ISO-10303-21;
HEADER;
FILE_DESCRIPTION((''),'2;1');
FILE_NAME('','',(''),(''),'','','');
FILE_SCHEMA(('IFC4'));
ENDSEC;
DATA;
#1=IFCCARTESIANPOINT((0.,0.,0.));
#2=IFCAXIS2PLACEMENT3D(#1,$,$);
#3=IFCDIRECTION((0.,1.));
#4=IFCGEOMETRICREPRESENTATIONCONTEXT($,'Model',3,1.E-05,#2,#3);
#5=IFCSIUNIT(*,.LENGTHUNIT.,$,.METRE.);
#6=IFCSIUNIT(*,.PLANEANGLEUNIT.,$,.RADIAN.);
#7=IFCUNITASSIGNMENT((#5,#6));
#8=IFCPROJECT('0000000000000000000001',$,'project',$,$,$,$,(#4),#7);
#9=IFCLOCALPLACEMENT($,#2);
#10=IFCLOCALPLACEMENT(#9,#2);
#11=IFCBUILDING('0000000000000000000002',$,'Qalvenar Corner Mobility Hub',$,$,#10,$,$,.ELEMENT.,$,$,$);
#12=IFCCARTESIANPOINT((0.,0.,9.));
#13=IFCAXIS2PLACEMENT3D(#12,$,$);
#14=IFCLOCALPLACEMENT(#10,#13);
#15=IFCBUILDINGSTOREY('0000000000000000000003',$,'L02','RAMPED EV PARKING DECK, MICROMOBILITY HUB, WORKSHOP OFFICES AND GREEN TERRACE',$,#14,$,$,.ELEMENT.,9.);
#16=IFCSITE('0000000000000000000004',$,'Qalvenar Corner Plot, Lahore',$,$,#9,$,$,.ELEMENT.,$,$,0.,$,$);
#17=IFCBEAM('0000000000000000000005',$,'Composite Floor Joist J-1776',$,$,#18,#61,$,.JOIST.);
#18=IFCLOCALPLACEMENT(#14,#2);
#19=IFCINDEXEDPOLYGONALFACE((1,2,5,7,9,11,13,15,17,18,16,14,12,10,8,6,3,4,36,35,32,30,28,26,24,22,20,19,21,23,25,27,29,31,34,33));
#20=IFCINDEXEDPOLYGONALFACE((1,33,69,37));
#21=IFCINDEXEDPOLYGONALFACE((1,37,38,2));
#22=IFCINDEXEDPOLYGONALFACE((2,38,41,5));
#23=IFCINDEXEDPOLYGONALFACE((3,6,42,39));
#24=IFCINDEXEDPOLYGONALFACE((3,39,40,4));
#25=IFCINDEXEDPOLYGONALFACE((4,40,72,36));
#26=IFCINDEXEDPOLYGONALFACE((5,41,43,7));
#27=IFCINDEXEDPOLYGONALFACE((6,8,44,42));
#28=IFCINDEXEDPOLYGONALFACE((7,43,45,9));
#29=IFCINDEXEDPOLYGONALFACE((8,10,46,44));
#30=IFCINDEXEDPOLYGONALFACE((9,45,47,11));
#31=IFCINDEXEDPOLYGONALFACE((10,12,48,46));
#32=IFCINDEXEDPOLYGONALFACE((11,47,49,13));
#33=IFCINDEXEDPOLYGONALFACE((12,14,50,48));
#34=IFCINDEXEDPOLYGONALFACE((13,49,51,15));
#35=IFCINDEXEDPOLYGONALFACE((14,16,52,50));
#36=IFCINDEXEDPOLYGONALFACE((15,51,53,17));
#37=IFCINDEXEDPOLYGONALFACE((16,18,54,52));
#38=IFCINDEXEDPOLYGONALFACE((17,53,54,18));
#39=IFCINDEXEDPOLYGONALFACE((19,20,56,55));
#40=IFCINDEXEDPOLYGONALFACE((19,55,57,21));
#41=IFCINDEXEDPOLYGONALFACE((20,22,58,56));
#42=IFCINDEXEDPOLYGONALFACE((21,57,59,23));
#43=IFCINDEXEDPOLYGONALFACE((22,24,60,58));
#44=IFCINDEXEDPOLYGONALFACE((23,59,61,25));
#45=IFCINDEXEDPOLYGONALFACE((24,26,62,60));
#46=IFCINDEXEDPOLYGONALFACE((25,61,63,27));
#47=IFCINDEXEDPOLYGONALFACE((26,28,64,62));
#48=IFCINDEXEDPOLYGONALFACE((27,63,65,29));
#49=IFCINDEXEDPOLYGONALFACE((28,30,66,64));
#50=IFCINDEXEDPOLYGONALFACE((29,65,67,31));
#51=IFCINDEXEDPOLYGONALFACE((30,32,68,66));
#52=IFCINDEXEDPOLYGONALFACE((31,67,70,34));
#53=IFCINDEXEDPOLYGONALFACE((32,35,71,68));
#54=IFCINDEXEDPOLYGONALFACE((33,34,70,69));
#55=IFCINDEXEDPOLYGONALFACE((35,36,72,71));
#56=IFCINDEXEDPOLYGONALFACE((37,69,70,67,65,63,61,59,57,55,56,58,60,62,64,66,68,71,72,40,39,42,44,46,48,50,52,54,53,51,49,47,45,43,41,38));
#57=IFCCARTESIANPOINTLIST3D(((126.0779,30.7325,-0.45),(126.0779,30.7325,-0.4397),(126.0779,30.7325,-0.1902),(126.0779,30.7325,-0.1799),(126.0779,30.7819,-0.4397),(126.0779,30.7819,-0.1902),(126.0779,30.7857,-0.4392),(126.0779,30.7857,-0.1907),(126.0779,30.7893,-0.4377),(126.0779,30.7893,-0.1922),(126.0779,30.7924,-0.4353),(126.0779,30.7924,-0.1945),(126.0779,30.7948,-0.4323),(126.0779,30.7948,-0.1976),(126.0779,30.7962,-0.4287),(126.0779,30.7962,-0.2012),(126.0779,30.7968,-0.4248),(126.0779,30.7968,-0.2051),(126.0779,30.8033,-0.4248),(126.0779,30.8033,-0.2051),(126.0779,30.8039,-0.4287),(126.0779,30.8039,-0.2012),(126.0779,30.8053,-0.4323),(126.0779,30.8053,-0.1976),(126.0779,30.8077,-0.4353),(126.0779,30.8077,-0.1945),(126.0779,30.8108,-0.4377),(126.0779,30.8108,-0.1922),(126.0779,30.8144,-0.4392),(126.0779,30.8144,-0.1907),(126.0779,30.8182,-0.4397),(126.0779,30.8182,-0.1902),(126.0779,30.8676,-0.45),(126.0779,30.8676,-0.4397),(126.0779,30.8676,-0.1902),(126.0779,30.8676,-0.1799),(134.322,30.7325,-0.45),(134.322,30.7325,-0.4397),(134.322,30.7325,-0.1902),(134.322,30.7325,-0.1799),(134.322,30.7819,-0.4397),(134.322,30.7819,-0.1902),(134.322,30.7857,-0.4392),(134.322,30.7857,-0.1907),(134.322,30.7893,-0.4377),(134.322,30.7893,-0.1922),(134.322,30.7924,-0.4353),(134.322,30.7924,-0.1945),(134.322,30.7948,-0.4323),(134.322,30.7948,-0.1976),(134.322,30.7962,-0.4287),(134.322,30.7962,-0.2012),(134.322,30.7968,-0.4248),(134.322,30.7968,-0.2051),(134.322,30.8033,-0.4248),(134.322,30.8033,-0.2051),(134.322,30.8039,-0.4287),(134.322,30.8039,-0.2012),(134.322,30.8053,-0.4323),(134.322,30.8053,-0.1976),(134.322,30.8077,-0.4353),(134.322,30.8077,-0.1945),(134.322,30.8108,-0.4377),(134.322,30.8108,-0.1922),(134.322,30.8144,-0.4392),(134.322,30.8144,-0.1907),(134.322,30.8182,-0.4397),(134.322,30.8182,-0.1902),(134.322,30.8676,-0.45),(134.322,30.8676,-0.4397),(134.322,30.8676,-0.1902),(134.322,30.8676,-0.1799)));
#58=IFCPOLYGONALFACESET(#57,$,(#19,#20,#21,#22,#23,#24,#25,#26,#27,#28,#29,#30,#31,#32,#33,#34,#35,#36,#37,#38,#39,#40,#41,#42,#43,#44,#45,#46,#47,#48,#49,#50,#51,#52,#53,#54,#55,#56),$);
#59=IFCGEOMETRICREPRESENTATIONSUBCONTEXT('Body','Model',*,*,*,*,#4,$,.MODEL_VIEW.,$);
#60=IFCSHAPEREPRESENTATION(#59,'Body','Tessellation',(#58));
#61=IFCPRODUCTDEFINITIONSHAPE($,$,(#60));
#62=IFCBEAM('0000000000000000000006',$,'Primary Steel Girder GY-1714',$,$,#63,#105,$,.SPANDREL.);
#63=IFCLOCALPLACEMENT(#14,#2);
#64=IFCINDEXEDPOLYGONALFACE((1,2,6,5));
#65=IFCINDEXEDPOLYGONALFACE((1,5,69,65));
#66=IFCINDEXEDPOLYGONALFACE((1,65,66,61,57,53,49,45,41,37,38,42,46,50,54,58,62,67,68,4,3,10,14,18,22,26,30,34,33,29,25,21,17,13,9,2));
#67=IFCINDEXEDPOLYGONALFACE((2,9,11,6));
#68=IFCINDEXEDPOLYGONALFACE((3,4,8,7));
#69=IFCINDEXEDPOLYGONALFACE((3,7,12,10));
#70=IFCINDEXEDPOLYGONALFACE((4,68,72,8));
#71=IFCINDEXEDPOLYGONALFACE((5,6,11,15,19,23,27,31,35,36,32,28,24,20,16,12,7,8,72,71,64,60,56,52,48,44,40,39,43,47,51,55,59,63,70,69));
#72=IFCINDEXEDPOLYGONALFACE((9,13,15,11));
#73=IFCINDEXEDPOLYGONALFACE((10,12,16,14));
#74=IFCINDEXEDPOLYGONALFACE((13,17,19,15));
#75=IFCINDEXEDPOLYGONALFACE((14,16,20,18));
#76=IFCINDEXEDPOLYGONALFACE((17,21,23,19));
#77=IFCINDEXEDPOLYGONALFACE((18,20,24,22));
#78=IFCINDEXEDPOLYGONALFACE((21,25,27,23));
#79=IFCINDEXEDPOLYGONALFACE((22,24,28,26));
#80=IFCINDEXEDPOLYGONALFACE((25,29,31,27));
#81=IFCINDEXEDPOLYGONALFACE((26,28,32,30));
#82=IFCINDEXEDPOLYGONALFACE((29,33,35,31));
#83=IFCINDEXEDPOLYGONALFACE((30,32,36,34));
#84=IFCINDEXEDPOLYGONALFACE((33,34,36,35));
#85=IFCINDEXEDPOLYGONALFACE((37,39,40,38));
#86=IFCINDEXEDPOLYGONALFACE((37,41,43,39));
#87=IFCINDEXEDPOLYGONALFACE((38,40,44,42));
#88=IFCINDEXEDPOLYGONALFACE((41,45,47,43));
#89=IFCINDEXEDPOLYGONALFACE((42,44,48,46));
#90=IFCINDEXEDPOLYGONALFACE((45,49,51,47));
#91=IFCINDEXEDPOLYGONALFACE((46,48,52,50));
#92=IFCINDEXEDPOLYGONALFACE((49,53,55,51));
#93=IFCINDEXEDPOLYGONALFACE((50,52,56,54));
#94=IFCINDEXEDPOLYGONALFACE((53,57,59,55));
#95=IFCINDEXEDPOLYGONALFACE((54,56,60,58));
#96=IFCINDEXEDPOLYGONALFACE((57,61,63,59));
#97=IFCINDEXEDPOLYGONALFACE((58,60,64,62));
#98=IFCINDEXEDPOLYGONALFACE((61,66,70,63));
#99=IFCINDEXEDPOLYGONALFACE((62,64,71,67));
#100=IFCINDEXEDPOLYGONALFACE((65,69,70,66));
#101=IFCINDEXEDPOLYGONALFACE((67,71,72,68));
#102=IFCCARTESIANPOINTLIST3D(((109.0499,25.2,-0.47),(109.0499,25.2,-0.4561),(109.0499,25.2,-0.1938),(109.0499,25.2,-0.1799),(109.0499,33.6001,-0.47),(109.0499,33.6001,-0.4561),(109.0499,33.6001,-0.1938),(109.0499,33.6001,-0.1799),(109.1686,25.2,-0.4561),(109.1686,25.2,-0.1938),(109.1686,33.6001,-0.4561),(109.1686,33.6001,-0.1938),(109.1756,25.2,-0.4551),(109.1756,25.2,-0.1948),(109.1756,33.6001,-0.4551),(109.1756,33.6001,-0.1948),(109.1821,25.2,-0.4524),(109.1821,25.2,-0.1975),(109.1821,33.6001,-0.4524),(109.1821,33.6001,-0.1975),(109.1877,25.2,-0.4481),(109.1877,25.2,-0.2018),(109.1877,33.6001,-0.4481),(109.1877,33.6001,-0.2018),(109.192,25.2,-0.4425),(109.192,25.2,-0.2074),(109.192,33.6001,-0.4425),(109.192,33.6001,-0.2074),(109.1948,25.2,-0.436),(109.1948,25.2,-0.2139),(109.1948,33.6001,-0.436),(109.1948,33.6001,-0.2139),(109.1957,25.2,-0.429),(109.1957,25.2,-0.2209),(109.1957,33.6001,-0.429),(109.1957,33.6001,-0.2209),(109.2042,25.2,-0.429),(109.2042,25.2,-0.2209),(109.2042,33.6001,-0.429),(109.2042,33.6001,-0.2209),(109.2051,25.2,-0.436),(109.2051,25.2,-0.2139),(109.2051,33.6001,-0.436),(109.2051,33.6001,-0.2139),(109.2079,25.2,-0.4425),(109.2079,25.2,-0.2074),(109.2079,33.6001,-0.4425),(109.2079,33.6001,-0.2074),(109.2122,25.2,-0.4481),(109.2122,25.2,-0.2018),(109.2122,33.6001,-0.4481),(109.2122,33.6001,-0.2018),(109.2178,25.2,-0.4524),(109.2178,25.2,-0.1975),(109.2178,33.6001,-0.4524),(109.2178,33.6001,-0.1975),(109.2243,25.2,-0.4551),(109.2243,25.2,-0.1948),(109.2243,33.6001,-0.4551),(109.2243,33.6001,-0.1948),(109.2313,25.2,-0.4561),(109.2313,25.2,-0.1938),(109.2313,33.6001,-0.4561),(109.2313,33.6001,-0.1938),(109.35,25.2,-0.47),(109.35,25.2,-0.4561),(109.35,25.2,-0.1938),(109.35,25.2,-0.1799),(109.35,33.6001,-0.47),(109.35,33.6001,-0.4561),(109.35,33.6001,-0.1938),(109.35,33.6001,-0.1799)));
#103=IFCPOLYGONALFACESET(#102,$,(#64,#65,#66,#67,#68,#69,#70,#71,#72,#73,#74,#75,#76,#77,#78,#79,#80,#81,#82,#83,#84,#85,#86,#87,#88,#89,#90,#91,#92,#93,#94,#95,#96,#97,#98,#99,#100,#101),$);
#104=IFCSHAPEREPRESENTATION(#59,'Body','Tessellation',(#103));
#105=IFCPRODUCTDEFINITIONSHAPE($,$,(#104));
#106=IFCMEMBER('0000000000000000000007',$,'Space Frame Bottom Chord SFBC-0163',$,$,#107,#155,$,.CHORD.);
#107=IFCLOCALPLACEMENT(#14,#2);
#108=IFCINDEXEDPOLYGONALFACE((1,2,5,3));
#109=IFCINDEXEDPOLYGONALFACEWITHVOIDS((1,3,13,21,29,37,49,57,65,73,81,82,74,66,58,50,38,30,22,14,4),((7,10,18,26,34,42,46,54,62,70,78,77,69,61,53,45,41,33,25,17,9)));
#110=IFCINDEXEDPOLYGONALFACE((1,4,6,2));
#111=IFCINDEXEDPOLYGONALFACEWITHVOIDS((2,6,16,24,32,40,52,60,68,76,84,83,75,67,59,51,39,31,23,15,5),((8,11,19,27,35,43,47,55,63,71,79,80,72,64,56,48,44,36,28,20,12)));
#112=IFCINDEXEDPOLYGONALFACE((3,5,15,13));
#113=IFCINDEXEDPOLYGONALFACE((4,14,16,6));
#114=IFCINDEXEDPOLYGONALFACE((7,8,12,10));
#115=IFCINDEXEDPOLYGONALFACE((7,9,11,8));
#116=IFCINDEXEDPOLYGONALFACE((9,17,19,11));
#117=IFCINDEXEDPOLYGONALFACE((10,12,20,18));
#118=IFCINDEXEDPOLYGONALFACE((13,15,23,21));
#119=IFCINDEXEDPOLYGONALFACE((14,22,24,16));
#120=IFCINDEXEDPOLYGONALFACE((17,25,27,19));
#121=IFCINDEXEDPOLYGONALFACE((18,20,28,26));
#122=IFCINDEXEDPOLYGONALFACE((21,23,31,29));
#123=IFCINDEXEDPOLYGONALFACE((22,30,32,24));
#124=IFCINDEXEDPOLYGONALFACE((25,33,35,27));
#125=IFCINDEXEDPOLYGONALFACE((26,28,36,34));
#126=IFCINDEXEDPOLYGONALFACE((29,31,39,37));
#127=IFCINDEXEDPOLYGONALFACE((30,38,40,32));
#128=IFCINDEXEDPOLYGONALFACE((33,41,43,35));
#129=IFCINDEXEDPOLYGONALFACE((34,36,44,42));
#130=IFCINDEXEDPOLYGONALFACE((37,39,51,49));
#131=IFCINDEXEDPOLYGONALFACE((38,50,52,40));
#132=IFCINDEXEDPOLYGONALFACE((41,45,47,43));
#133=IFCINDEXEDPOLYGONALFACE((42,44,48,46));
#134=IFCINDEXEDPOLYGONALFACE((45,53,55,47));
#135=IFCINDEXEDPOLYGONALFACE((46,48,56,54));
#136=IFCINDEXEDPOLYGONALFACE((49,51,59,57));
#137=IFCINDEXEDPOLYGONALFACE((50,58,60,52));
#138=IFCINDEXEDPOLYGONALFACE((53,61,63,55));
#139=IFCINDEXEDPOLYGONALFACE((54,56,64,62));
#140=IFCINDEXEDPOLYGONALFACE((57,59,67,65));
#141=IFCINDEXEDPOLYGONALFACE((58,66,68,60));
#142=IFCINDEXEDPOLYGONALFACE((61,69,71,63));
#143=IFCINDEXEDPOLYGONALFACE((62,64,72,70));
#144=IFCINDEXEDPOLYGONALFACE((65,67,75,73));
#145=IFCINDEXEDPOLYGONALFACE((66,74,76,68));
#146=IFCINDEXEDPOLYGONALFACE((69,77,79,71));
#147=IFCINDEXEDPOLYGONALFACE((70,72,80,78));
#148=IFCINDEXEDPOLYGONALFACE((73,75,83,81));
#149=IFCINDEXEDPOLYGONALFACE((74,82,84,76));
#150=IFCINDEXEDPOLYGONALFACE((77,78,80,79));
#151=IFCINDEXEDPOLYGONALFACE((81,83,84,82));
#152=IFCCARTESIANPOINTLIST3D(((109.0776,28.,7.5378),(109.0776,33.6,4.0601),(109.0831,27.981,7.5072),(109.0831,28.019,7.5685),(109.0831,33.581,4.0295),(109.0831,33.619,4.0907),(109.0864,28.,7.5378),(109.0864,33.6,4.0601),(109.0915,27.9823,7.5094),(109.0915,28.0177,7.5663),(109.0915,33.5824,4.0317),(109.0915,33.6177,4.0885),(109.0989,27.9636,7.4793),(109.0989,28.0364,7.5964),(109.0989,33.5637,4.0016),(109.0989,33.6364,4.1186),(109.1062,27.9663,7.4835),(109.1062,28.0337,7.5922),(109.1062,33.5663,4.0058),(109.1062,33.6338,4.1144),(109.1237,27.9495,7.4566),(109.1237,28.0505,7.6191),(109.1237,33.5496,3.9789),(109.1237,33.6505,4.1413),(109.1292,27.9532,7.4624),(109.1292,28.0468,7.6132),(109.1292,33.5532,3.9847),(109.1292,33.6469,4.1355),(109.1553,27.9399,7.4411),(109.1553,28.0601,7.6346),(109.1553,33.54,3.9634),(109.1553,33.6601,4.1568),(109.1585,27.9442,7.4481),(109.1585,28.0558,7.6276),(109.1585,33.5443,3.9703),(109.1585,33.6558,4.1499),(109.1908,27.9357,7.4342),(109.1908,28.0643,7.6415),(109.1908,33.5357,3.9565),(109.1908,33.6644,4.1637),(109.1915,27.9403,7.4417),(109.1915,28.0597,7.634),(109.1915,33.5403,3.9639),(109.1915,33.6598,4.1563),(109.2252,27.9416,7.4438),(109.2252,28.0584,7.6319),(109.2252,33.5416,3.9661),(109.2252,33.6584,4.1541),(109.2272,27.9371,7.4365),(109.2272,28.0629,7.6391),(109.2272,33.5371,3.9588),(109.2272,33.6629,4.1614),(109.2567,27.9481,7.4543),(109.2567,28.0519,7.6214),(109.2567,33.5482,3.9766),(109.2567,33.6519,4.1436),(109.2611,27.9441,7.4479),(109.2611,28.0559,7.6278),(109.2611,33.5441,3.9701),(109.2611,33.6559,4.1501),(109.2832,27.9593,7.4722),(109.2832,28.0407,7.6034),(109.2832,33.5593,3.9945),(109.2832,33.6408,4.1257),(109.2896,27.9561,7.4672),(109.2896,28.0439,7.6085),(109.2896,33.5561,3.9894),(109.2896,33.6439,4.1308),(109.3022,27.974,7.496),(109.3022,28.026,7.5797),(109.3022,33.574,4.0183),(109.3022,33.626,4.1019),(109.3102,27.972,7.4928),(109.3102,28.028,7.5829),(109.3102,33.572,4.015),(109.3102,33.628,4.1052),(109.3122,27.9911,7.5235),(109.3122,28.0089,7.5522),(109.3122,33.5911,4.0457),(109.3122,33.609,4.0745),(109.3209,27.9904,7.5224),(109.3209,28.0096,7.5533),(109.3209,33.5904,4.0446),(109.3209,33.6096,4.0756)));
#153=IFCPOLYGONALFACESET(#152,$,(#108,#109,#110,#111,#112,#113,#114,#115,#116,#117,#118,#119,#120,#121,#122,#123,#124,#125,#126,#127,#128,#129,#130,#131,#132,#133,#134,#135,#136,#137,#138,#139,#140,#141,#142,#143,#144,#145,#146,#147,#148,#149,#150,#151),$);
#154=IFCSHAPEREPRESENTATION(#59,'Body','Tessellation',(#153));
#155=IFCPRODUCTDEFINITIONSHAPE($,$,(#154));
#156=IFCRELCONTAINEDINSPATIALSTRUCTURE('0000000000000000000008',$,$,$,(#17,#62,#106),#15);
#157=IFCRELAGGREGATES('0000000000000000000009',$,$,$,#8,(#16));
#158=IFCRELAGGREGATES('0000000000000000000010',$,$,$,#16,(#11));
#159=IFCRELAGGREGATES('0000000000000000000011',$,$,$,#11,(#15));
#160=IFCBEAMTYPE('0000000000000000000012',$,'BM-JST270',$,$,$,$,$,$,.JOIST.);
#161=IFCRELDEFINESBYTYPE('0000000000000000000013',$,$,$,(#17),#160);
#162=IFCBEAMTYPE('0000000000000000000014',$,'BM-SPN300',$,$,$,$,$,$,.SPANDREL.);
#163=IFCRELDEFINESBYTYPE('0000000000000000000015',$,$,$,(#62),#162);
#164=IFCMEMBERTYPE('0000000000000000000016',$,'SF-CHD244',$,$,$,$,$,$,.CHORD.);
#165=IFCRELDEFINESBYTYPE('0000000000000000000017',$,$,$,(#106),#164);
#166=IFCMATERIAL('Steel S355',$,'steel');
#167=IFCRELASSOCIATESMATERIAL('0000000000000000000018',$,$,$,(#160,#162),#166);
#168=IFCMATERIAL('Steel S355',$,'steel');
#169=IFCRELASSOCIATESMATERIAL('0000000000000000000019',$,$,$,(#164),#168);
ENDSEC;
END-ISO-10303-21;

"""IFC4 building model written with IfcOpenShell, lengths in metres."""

from ifc_helpers import new_model, si_unit, direction, frame, origin, origin_2d, place, context, subcontext, project, spatial, hollow_circle, i_section, extrude, material, material_profile, profile_set, type_object, element, save


model = new_model("IFC4")

# Units and contexts
model_context = context("Model", 3, precision=1e-05, world=origin(), true_north=direction((0.0, 1.0)))
body_context = subcontext(model_context, "Body", "Model", "MODEL_VIEW")
ifc_project = project(units=[si_unit("LENGTHUNIT", "METRE"), si_unit("PLANEANGLEUNIT", "RADIAN")], contexts=[model_context])

# Site, building, storey
site_placement = place(None, origin())
site = spatial("IfcSite", under=ifc_project, at=site_placement, Name="Qalvenar Corner Plot, Lahore", CompositionType="ELEMENT", RefElevation=0.0)
building_placement = place(site_placement, origin())
building = spatial("IfcBuilding", under=site, at=building_placement, Name="Qalvenar Corner Mobility Hub", CompositionType="ELEMENT")
storey_placement = place(building_placement, frame((0.0, 0.0, 9.0)))
storey = spatial("IfcBuildingStorey", under=building, at=storey_placement, Name="L02", Description="RAMPED EV PARKING DECK, MICROMOBILITY HUB, WORKSHOP OFFICES AND GREEN TERRACE", CompositionType="ELEMENT", Elevation=9.0)

# Shared definitions
ifc_material_1 = material(Name="Steel S355", Category="steel")

# Beams
ifc_material_profile_1 = material_profile(ifc_material_1, i_section(OverallWidth=0.135, OverallDepth=0.27, WebThickness=0.0066, FlangeThickness=0.0103, FilletRadius=0.0149, at=origin_2d()), Name="IPE270")
ifc_profile_set_1 = profile_set([ifc_material_profile_1], Name="Steel S355")
beam_type_1 = type_object("IfcBeamType", Name="BM-JST270", PredefinedType="JOIST", material=ifc_profile_set_1)
for number, where, z_axis, x_axis, name in (
    (1, (126.0779, 30.8, -0.3149), (1.0, 0.0, 0.0), (0.0, 1.0, 0.0), "Composite Floor Joist J-1776"),
):
    element("IfcBeam", number, at=place(storey_placement, frame(where, z_axis=z_axis, x_axis=x_axis)), inside=storey, type_object=beam_type_1, Name=name, PredefinedType="JOIST", context=body_context, shape_type="SweptSolid", body=[
        extrude(i_section(OverallWidth=0.135, OverallDepth=0.27, WebThickness=0.0066, FlangeThickness=0.0103, FilletRadius=0.0149, at=origin_2d()), origin(), (0.0, 0.0, 1.0), 8.2441),
    ])
ifc_material_profile_2 = material_profile(ifc_material_1, i_section(OverallWidth=0.3, OverallDepth=0.29, WebThickness=0.0085, FlangeThickness=0.0139, FilletRadius=0.0271, at=origin_2d()), Name="HEA300")
ifc_profile_set_2 = profile_set([ifc_material_profile_2], Name="Steel S355")
beam_type_2 = type_object("IfcBeamType", Name="BM-SPN300", PredefinedType="SPANDREL", material=ifc_profile_set_2)
beam_1_placement = place(storey_placement, frame((109.2, 25.2, -0.325), z_axis=(0.0, 1.0, 0.0), x_axis=(-1.0, 0.0, 0.0)))
element("IfcBeam", 2, at=beam_1_placement, inside=storey, type_object=beam_type_2, Name="Primary Steel Girder GY-1714", PredefinedType="SPANDREL", context=body_context, shape_type="SweptSolid", body=[
    extrude(i_section(OverallWidth=0.3, OverallDepth=0.29, WebThickness=0.0085, FlangeThickness=0.0139, FilletRadius=0.0271, at=origin_2d()), origin(), (0.0, 0.0, 1.0), 8.4001),
])

# Member
ifc_material_2 = material(Name="Steel S355", Category="steel")
ifc_material_profile_3 = material_profile(ifc_material_2, hollow_circle(Radius=0.1223, WallThickness=0.0088, at=origin_2d()), Name="CHS244.5x8.8")
ifc_profile_set_3 = profile_set([ifc_material_profile_3], Name="Steel S355")
member_type_1 = type_object("IfcMemberType", Name="SF-CHD244", PredefinedType="CHORD", material=ifc_profile_set_3)
member_1_placement = place(storey_placement, frame((109.2, 28.0, 7.5378), z_axis=(0.0, 0.849514, -0.527567), x_axis=(-1.0, 0.0, 0.0)))
element("IfcMember", 3, at=member_1_placement, inside=storey, type_object=member_type_1, Name="Space Frame Bottom Chord SFBC-0163", PredefinedType="CHORD", context=body_context, shape_type="SweptSolid", body=[
    extrude(hollow_circle(Radius=0.1223, WallThickness=0.0088, at=origin_2d()), origin(), (0.0, 0.0, 1.0), 6.592),
])

save(model, "model.ifc")
